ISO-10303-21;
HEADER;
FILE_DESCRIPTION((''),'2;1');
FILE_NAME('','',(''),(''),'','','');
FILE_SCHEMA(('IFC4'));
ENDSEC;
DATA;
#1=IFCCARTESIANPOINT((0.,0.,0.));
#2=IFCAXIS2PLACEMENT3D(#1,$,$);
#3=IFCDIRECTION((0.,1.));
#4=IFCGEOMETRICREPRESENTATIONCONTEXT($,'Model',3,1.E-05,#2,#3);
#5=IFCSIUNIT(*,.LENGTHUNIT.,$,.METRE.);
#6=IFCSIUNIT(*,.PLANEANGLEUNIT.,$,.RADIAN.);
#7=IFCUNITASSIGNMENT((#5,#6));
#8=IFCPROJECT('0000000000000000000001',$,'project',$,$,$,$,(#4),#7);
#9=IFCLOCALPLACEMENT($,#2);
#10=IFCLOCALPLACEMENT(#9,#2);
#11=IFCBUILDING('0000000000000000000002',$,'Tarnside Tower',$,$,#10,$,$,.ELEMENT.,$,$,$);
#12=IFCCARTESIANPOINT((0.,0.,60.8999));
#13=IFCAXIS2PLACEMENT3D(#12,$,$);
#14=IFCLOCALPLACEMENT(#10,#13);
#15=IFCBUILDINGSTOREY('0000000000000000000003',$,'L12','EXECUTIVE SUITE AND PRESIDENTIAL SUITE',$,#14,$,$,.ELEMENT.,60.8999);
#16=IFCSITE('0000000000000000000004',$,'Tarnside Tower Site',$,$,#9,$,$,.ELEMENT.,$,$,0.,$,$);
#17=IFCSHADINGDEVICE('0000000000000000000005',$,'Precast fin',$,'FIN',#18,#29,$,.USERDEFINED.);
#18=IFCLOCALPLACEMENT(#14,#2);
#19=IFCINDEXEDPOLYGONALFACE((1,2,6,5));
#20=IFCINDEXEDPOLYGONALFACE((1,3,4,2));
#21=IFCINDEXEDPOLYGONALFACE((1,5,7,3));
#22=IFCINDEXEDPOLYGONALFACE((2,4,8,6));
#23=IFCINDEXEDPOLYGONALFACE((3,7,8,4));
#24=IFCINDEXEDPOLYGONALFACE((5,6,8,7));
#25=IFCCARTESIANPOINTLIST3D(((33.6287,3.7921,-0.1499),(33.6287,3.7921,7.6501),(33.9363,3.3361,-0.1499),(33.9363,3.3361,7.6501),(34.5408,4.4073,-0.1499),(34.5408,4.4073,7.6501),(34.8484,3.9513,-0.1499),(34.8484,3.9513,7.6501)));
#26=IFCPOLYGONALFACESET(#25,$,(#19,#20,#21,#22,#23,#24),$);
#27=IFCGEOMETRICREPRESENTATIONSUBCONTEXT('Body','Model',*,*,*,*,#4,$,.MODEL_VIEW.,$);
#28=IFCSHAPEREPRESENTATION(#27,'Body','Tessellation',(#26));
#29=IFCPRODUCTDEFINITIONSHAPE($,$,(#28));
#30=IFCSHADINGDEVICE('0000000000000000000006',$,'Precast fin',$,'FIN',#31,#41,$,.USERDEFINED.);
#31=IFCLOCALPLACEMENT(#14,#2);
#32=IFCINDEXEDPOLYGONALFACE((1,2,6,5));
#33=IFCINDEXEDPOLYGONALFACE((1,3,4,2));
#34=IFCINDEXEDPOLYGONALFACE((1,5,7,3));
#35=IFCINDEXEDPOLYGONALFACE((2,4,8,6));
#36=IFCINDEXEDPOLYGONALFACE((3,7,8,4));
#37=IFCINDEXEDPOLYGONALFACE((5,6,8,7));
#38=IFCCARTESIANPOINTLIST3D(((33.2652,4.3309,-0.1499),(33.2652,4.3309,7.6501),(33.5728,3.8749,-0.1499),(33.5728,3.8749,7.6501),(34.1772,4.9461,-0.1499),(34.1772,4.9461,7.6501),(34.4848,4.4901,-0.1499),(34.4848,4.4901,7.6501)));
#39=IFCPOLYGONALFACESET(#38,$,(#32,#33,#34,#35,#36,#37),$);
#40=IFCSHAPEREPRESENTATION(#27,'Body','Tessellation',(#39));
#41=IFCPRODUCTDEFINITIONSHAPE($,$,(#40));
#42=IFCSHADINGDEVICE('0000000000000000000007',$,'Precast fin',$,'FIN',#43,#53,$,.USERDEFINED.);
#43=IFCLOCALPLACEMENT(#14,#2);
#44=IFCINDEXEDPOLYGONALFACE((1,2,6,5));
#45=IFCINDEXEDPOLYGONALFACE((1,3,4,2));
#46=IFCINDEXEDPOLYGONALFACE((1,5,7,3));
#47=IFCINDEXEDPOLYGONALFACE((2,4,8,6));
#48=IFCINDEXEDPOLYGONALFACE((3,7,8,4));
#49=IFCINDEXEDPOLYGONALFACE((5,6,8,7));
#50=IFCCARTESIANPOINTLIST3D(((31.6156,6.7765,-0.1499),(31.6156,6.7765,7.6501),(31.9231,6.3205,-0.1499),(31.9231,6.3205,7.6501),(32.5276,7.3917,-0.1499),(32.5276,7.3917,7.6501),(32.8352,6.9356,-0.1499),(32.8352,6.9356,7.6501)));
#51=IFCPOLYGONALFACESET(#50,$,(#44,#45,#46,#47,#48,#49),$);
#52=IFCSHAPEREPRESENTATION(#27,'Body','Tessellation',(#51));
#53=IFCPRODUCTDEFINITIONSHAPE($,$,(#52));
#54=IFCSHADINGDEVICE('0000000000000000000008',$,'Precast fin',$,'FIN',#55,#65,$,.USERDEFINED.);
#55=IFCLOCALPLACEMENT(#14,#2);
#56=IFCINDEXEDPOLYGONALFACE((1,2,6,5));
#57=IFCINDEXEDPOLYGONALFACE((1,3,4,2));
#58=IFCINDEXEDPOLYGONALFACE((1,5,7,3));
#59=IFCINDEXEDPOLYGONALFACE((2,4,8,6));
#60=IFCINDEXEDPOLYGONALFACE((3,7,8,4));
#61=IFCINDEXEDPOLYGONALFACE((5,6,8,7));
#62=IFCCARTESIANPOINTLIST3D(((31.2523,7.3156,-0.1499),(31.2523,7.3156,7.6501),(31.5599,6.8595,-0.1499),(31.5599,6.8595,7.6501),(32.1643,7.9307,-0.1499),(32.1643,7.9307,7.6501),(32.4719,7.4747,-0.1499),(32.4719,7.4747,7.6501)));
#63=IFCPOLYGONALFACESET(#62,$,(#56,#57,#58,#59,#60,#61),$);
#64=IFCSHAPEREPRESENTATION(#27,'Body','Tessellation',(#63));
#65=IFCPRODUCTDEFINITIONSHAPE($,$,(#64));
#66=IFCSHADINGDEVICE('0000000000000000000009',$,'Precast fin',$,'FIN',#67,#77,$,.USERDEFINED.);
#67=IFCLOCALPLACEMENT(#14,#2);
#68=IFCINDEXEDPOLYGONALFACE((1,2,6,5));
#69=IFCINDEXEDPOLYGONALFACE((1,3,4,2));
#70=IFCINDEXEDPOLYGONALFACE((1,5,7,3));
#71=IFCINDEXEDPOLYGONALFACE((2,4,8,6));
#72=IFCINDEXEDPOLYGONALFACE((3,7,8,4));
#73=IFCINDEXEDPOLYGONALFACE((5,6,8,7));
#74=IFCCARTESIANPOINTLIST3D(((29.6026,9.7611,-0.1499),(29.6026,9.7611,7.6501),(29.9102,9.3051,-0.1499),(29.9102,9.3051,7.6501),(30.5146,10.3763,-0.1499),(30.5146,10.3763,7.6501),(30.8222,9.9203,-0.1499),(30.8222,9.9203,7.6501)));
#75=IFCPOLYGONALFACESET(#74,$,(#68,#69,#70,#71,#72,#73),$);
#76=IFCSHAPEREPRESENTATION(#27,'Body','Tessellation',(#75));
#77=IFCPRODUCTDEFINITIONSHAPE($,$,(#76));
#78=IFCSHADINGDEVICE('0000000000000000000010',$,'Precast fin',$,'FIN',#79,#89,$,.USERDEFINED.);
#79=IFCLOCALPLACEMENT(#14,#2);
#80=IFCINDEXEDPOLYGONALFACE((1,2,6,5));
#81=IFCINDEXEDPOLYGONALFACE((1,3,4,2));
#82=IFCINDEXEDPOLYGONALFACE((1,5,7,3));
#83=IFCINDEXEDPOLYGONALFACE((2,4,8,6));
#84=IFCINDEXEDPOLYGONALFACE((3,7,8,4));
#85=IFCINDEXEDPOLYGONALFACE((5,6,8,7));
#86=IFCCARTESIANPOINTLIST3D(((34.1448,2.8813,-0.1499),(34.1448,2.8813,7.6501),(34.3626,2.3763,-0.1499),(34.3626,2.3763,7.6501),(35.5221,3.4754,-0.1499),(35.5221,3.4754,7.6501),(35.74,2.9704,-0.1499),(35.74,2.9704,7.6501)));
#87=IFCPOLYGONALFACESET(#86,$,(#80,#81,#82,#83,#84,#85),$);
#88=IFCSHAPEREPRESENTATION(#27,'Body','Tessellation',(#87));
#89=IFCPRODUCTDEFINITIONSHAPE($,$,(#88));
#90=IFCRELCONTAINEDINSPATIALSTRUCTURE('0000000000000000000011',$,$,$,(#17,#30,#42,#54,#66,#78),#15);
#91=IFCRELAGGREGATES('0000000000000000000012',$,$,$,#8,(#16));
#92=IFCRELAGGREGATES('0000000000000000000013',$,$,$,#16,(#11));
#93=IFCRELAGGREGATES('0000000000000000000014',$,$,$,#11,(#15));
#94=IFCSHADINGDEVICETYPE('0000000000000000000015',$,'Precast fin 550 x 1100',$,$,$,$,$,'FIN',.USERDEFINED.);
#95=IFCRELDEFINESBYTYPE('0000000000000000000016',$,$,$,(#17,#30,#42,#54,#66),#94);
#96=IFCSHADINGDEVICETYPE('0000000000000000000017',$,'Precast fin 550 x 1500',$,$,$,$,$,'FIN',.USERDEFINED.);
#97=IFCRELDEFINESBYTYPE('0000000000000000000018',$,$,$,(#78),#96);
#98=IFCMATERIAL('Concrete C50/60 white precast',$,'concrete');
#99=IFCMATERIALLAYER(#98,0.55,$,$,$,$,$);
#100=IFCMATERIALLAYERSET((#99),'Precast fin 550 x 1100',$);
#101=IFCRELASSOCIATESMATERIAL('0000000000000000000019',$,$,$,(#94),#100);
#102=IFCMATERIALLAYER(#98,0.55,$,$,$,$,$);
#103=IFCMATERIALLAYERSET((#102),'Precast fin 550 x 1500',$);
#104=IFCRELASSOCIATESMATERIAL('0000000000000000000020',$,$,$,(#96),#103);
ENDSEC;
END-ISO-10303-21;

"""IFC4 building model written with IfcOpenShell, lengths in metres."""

from ifc_helpers import new_model, si_unit, direction, frame, origin, place, context, subcontext, project, spatial, polyline, outline, extrude, material, layer, layer_set, type_object, element, save


model = new_model("IFC4")

# Units and contexts
model_context = context("Model", 3, precision=1e-05, world=origin(), true_north=direction((0.0, 1.0)))
body_context = subcontext(model_context, "Body", "Model", "MODEL_VIEW")
ifc_project = project(units=[si_unit("LENGTHUNIT", "METRE"), si_unit("PLANEANGLEUNIT", "RADIAN")], contexts=[model_context])

# Site, building, storey
site_placement = place(None, origin())
site = spatial("IfcSite", under=ifc_project, at=site_placement, Name="Tarnside Tower Site", CompositionType="ELEMENT", RefElevation=0.0)
building_placement = place(site_placement, origin())
building = spatial("IfcBuilding", under=site, at=building_placement, Name="Tarnside Tower", CompositionType="ELEMENT")
storey_placement = place(building_placement, frame((0.0, 0.0, 60.8999)))
storey = spatial("IfcBuildingStorey", under=building, at=storey_placement, Name="L12", Description="EXECUTIVE SUITE AND PRESIDENTIAL SUITE", CompositionType="ELEMENT", Elevation=60.8999)

# Shading devices
ifc_material_1 = material(Name="Concrete C50/60 white precast", Category="concrete")
ifc_layer_1 = layer(ifc_material_1, 0.55)
ifc_layer_set_1 = layer_set([ifc_layer_1], Name="Precast fin 550 x 1100")
shading_device_type_1 = type_object("IfcShadingDeviceType", Name="Precast fin 550 x 1100", ElementType="FIN", PredefinedType="USERDEFINED", material=ifc_layer_set_1)
for number, where, z_axis, x_axis, name in (
    (1, (33.7825, 3.5642, -0.1499), (0.559193, -0.829038, 0.0), (0.829038, 0.559193, 0.0), "Precast fin"),
    (2, (33.4189, 4.103, -0.1499), (0.559193, -0.829038, 0.0), (0.829038, 0.559193, 0.0), "Precast fin"),
    (3, (31.7693, 6.5486, -0.1499), (0.559193, -0.829038, 0.0), (0.829038, 0.559193, 0.0), "Precast fin"),
    (4, (31.406, 7.0876, -0.1499), (0.559193, -0.829038, 0.0), (0.829038, 0.559193, 0.0), "Precast fin"),
    (5, (29.7563, 9.5332, -0.1499), (0.559193, -0.829038, 0.0), (0.829038, 0.559193, 0.0), "Precast fin"),
):
    element("IfcShadingDevice", number, at=place(storey_placement, frame(where, z_axis=z_axis, x_axis=x_axis)), inside=storey, type_object=shading_device_type_1, Name=name, ObjectType="FIN", PredefinedType="USERDEFINED", context=body_context, shape_type="SweptSolid", body=[
        extrude(outline(polyline([(0.0, 0.0), (1.1001, 0.0), (1.1001, 7.8), (0.0, 7.8), (0.0, 0.0)])), frame((0.0, 0.0, -0.2749)), (0.0, 0.0, 1.0), 0.55),
    ])
ifc_layer_2 = layer(ifc_material_1, 0.55)
ifc_layer_set_2 = layer_set([ifc_layer_2], Name="Precast fin 550 x 1500")
shading_device_type_2 = type_object("IfcShadingDeviceType", Name="Precast fin 550 x 1500", ElementType="FIN", PredefinedType="USERDEFINED", material=ifc_layer_set_2)
shading_device_placement = place(storey_placement, frame((34.2537, 2.6289, -0.1499), z_axis=(0.39608, -0.918216, 0.0), x_axis=(0.918216, 0.39608, 0.0)))
element("IfcShadingDevice", 6, at=shading_device_placement, inside=storey, type_object=shading_device_type_2, Name="Precast fin", ObjectType="FIN", PredefinedType="USERDEFINED", context=body_context, shape_type="SweptSolid", body=[
    extrude(outline(polyline([(0.0, 0.0), (1.5, 0.0), (1.5, 7.8), (0.0, 7.8), (0.0, 0.0)])), frame((0.0, 0.0, -0.2749)), (0.0, 0.0, 1.0), 0.55),
])

save(model, "model.ifc")
